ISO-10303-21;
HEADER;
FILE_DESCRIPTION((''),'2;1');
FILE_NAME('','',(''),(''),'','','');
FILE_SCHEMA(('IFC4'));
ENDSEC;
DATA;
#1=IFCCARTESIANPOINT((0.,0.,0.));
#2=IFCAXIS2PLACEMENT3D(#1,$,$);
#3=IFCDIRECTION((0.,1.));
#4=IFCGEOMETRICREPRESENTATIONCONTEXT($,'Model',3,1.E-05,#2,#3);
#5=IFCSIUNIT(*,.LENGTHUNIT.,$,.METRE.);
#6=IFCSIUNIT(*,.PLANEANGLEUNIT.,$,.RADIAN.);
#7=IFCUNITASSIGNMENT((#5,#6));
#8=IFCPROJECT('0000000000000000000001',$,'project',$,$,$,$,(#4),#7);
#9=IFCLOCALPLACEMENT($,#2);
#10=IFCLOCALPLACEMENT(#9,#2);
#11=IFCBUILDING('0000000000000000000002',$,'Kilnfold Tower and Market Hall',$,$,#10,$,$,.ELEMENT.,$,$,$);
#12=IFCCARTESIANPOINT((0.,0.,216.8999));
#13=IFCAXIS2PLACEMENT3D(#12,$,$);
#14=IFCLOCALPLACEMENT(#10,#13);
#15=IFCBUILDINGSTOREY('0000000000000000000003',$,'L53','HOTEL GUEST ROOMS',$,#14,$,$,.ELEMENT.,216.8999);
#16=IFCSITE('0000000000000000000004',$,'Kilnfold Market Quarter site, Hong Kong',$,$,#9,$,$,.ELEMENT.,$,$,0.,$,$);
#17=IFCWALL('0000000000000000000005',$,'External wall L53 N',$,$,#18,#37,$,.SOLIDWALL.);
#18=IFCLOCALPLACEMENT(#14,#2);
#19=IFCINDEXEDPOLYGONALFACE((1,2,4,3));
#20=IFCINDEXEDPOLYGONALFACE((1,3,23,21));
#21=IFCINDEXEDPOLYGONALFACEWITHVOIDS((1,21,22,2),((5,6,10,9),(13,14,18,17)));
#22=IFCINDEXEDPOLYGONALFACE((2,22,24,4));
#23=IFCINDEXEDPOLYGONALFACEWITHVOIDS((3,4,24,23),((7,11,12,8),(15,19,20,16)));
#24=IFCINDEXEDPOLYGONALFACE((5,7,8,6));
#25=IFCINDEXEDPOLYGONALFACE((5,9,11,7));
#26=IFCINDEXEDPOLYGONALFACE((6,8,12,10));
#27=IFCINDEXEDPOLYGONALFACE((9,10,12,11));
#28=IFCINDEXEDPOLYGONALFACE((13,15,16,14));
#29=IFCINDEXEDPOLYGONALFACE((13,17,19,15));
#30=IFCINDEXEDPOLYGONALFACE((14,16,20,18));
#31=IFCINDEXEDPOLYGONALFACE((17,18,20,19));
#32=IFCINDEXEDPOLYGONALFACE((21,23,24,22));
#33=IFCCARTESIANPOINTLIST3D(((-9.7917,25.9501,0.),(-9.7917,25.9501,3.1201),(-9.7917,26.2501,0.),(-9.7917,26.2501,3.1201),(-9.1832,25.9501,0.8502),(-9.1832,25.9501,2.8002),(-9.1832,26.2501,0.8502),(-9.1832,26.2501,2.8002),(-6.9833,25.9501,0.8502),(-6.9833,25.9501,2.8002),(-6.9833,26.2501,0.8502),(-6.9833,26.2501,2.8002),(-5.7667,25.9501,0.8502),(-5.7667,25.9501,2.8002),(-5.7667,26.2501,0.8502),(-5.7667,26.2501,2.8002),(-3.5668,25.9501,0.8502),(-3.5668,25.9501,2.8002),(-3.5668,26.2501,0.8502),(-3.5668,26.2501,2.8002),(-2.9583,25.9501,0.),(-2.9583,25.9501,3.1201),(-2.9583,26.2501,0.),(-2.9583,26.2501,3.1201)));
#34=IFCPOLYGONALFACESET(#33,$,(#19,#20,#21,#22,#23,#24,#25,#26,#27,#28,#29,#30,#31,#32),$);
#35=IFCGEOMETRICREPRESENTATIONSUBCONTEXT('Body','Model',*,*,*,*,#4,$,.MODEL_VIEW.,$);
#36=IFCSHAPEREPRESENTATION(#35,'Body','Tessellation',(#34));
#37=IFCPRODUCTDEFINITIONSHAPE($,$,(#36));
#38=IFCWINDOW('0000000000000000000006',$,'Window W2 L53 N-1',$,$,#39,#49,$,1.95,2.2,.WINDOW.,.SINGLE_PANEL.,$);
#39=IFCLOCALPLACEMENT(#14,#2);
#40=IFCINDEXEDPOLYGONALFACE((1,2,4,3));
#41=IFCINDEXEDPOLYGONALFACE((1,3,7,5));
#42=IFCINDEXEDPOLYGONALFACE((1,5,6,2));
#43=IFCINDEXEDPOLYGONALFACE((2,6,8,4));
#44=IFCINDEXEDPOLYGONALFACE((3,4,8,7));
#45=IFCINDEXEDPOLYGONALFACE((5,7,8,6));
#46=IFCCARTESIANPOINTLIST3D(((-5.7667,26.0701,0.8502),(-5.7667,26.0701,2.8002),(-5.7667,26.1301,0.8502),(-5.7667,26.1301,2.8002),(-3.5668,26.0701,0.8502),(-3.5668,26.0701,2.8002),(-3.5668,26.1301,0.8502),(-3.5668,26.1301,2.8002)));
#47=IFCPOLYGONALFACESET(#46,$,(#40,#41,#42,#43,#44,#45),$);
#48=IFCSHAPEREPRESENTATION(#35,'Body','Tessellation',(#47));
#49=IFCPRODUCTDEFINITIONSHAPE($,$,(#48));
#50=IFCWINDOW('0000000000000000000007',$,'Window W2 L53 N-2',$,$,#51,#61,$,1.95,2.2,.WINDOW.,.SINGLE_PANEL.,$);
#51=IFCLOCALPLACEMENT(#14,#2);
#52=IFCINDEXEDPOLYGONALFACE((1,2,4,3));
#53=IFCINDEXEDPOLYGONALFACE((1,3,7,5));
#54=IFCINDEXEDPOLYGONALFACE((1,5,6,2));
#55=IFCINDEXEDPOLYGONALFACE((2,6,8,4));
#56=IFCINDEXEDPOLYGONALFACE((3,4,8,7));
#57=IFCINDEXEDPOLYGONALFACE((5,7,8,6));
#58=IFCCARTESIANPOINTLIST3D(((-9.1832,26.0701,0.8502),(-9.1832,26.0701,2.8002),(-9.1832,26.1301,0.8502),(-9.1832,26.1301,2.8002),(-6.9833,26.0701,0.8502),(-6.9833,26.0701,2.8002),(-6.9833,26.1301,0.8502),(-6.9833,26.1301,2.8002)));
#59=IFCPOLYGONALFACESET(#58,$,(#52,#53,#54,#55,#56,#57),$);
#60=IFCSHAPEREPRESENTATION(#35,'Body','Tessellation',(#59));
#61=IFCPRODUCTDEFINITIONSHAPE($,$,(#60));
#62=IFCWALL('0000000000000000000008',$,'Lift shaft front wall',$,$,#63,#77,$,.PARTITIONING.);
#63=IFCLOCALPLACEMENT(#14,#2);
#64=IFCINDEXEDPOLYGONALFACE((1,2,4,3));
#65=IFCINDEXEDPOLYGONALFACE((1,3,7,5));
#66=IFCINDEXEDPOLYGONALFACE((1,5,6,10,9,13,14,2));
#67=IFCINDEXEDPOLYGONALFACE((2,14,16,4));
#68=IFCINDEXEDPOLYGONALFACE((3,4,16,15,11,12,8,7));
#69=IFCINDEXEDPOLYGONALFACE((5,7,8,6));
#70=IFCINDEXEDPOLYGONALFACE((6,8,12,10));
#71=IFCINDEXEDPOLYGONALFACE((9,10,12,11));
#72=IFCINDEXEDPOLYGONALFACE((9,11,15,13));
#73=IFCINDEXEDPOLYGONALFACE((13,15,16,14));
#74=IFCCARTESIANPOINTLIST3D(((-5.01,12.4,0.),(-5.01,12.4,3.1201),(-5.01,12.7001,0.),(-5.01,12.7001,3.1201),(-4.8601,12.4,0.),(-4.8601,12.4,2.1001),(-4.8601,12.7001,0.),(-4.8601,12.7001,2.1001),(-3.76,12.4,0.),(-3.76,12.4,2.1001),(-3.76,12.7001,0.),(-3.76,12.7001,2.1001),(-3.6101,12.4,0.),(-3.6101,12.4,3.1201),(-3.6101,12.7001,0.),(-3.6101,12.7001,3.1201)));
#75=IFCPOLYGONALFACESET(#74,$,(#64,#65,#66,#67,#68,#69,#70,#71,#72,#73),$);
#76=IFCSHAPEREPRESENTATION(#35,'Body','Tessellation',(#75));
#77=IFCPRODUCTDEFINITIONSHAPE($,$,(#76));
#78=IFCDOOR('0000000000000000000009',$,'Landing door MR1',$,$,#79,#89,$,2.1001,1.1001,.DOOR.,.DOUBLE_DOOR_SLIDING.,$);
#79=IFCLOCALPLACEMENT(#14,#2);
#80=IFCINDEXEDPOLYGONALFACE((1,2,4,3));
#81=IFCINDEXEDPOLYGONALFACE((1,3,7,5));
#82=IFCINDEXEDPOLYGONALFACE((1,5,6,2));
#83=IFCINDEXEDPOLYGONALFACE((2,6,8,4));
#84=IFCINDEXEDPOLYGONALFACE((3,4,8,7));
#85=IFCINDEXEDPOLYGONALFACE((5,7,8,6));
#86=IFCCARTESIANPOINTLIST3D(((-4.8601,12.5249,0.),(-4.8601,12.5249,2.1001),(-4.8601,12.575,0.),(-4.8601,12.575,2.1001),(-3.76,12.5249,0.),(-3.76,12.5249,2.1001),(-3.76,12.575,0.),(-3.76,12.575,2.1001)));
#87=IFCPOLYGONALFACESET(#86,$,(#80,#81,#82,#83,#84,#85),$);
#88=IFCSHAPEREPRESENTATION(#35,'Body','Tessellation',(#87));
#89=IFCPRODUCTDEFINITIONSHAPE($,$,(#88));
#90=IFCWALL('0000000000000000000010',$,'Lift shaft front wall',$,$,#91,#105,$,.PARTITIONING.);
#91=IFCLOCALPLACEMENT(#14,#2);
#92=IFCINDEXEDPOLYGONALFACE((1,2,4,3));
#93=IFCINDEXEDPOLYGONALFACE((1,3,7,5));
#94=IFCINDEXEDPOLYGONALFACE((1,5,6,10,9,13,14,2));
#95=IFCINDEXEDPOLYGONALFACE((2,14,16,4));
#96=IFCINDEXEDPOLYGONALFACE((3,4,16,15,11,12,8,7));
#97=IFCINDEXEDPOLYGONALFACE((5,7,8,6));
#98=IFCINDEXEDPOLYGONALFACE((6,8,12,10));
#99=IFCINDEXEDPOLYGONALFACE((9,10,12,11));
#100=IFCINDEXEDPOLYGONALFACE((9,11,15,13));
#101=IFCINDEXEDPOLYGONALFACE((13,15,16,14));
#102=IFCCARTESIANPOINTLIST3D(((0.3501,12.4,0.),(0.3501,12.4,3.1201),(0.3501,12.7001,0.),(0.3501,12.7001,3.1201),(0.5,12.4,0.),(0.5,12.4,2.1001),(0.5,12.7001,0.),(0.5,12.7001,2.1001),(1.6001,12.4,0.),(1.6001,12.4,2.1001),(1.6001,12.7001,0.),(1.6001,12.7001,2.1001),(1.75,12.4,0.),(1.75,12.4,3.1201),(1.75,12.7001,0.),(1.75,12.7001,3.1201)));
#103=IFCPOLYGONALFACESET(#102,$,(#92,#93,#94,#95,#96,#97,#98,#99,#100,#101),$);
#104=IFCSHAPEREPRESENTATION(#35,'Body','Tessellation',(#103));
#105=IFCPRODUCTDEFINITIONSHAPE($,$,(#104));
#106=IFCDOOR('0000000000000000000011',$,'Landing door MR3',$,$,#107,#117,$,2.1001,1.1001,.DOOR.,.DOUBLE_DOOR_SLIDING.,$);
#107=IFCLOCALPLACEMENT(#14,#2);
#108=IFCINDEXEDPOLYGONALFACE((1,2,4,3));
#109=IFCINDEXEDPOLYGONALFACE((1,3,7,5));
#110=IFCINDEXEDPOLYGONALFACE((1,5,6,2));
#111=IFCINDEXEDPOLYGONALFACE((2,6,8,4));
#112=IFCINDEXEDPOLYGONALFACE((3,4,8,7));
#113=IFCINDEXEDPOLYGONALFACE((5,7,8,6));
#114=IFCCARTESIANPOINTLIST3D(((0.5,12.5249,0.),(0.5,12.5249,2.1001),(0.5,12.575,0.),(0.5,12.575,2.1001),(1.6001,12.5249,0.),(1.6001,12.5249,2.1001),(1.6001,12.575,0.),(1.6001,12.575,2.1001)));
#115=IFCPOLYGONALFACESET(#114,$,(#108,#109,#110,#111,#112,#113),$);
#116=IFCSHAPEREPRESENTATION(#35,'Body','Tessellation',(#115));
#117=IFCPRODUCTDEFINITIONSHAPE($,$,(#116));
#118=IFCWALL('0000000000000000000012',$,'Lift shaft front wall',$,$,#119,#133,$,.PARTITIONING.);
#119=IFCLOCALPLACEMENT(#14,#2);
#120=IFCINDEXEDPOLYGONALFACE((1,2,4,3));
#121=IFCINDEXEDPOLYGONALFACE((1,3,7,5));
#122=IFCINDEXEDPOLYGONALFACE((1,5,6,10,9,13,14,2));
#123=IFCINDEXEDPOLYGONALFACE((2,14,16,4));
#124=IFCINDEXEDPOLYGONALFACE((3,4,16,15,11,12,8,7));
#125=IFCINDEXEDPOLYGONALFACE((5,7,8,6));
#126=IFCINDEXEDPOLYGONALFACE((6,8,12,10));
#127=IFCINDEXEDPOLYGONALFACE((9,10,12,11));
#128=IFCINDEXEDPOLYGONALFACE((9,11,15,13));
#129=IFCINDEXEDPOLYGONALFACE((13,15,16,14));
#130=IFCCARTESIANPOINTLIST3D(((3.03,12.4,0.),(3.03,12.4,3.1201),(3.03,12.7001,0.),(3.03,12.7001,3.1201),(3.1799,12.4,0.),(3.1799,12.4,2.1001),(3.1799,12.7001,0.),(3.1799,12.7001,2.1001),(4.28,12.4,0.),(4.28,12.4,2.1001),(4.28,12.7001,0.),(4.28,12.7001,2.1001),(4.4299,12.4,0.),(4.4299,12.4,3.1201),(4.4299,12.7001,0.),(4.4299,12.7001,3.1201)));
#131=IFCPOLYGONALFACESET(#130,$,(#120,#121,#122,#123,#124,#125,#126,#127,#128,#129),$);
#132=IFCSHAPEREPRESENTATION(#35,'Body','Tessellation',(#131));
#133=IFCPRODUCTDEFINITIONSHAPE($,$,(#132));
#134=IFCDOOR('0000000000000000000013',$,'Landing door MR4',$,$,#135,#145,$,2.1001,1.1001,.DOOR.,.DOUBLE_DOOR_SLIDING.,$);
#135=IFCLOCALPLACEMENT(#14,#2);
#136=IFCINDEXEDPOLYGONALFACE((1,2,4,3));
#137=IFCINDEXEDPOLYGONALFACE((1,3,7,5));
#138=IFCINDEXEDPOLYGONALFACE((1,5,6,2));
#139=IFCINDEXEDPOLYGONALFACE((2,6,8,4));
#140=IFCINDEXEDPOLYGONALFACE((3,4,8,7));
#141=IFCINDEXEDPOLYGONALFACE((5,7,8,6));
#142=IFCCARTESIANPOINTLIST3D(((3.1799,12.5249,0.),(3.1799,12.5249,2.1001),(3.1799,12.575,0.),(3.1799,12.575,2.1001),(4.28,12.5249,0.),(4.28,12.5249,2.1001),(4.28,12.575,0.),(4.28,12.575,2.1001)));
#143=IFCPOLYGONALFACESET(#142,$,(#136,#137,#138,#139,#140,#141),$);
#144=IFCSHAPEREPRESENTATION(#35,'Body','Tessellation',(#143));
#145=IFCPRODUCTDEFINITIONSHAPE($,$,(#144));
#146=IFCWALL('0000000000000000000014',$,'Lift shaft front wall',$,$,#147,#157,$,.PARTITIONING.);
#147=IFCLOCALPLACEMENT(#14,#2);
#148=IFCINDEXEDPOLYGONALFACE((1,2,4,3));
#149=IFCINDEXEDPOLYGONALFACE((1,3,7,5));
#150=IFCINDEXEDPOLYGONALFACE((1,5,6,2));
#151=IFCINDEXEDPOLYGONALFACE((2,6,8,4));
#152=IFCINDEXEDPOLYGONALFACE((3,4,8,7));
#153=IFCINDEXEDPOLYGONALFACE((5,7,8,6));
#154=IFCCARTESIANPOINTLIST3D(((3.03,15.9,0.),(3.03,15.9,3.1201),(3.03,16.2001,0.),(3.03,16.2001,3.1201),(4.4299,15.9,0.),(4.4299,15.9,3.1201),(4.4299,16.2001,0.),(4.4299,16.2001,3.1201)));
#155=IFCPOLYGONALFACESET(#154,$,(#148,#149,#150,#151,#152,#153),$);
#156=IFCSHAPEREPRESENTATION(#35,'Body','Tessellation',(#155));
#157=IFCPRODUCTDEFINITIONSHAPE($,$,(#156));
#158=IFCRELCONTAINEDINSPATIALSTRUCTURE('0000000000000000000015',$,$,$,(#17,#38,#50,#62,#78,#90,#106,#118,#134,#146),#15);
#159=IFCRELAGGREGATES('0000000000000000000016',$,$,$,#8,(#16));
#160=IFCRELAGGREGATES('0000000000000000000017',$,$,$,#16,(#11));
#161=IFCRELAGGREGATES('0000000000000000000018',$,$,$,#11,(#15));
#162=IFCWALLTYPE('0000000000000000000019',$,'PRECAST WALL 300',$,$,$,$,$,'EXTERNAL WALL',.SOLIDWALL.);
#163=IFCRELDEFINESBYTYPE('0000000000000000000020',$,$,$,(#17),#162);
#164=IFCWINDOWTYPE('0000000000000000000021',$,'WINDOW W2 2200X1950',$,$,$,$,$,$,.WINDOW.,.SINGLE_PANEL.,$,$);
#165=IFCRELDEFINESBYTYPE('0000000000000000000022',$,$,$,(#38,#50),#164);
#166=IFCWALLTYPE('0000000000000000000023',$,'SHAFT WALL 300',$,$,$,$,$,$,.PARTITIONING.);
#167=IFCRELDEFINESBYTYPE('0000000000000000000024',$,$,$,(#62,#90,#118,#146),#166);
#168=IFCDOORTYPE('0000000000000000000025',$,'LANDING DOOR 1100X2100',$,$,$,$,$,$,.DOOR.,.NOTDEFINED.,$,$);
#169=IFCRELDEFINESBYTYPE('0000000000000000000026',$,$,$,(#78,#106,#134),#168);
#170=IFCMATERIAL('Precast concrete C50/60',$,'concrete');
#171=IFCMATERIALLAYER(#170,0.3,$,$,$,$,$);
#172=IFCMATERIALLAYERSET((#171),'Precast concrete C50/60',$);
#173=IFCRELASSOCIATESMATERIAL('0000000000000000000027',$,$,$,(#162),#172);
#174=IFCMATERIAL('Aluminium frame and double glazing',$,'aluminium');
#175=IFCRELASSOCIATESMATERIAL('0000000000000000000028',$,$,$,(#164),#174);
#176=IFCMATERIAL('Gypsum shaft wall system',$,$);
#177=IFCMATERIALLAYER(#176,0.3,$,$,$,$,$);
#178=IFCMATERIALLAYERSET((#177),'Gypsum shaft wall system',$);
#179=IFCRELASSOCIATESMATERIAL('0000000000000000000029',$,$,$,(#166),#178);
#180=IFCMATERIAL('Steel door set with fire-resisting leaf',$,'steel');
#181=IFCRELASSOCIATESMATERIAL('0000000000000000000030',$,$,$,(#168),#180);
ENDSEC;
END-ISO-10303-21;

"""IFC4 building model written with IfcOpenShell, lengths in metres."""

from ifc_helpers import new_model, si_unit, direction, frame, frame_2d, origin, place, context, subcontext, project, spatial, rectangle, extrude, source, transform, mapped, material, layer, layer_set, type_object, element, fill, save


model = new_model("IFC4")

# Units and contexts
model_context = context("Model", 3, precision=1e-05, world=origin(), true_north=direction((0.0, 1.0)))
body_context = subcontext(model_context, "Body", "Model", "MODEL_VIEW")
ifc_project = project(units=[si_unit("LENGTHUNIT", "METRE"), si_unit("PLANEANGLEUNIT", "RADIAN")], contexts=[model_context])

# Site, building, storey
site_placement = place(None, origin())
site = spatial("IfcSite", under=ifc_project, at=site_placement, Name="Kilnfold Market Quarter site, Hong Kong", CompositionType="ELEMENT", RefElevation=0.0)
building_placement = place(site_placement, origin())
building = spatial("IfcBuilding", under=site, at=building_placement, Name="Kilnfold Tower and Market Hall", CompositionType="ELEMENT")
storey_placement = place(building_placement, frame((0.0, 0.0, 216.8999)))
storey = spatial("IfcBuildingStorey", under=building, at=storey_placement, Name="L53", Description="HOTEL GUEST ROOMS", CompositionType="ELEMENT", Elevation=216.8999)

# Wall, openings, windows
ifc_material_1 = material(Name="Precast concrete C50/60", Category="concrete")
ifc_layer_1 = layer(ifc_material_1, 0.3)
ifc_layer_set_1 = layer_set([ifc_layer_1], Name="Precast concrete C50/60")
wall_type_1 = type_object("IfcWallType", Name="PRECAST WALL 300", ElementType="EXTERNAL WALL", PredefinedType="SOLIDWALL", material=ifc_layer_set_1)
ifc_material_2 = material(Name="Aluminium frame and double glazing", Category="aluminium")
window_type = type_object("IfcWindowType", Name="WINDOW W2 2200X1950", PartitioningType="SINGLE_PANEL", PredefinedType="WINDOW", material=ifc_material_2)
shared_shape_1 = source(origin(), body_context, "Body", "SweptSolid", [
    extrude(rectangle(XDim=6.8335, YDim=0.3, at=frame_2d((3.4167, 0.0))), origin(), (0.0, 0.0, 1.0), 3.1201),
])
wall_1_placement = place(storey_placement, frame((-2.9583, 26.1001, 0.0), z_axis=(0.0, 0.0, 1.0), x_axis=(-1.0, 0.0, 0.0)))
wall_1 = element("IfcWall", 1, at=wall_1_placement, inside=storey, type_object=wall_type_1, Name="External wall L53 N", PredefinedType="SOLIDWALL", context=body_context, shape_type="MappedRepresentation", body=[
    mapped(shared_shape_1, transform((0.0, 0.0, 0.0))),
])
opening_1_placement = place(wall_1_placement, frame((0.6084, 0.0, 0.8501)))
opening_1 = element("IfcOpeningElement", 2, at=opening_1_placement, cuts=wall_1, PredefinedType="OPENING", context=body_context, shape_type="SweptSolid", body=[
    extrude(rectangle(XDim=2.2, YDim=1.95, at=frame_2d((1.1001, 0.9751))), frame((0.0, 0.1602, 0.0), z_axis=(0.0, -1.0, 0.0), x_axis=(1.0, 0.0, 0.0)), (0.0, 0.0, 1.0), 0.3201),
])
opening_2_placement = place(wall_1_placement, frame((4.0249, 0.0, 0.8501)))
opening_2 = element("IfcOpeningElement", 3, at=opening_2_placement, cuts=wall_1, PredefinedType="OPENING", context=body_context, shape_type="SweptSolid", body=[
    extrude(rectangle(XDim=2.2, YDim=1.95, at=frame_2d((1.1001, 0.9751))), frame((0.0, 0.1602, 0.0), z_axis=(0.0, -1.0, 0.0), x_axis=(1.0, 0.0, 0.0)), (0.0, 0.0, 1.0), 0.3201),
])
window_1_placement = place(opening_1_placement, origin())
window_1 = element("IfcWindow", 4, at=window_1_placement, inside=storey, type_object=window_type, Name="Window W2 L53 N-1", OverallHeight=1.95, OverallWidth=2.2, PartitioningType="SINGLE_PANEL", PredefinedType="WINDOW", context=body_context, shape_type="SweptSolid", body=[
    extrude(rectangle(XDim=2.2, YDim=1.95, at=frame_2d((1.1001, 0.9751))), frame((0.0, 0.03, 0.0), z_axis=(0.0, -1.0, 0.0), x_axis=(1.0, 0.0, 0.0)), (0.0, 0.0, 1.0), 0.0601),
])
fill(opening_1, window_1)
window_2_placement = place(opening_2_placement, origin())
window_2 = element("IfcWindow", 5, at=window_2_placement, inside=storey, type_object=window_type, Name="Window W2 L53 N-2", OverallHeight=1.95, OverallWidth=2.2, PartitioningType="SINGLE_PANEL", PredefinedType="WINDOW", context=body_context, shape_type="SweptSolid", body=[
    extrude(rectangle(XDim=2.2, YDim=1.95, at=frame_2d((1.1001, 0.9751))), frame((0.0, 0.03, 0.0), z_axis=(0.0, -1.0, 0.0), x_axis=(1.0, 0.0, 0.0)), (0.0, 0.0, 1.0), 0.0601),
])
fill(opening_2, window_2)

# Walls, openings, doors
ifc_material_3 = material(Name="Gypsum shaft wall system")
ifc_layer_2 = layer(ifc_material_3, 0.3)
ifc_layer_set_2 = layer_set([ifc_layer_2], Name="Gypsum shaft wall system")
wall_type_2 = type_object("IfcWallType", Name="SHAFT WALL 300", PredefinedType="PARTITIONING", material=ifc_layer_set_2)
shared_shape_2 = source(origin(), body_context, "Body", "SweptSolid", [
    extrude(rectangle(XDim=1.3999, YDim=0.3, at=frame_2d((0.7, 0.0))), origin(), (0.0, 0.0, 1.0), 3.1201),
])
wall_2_placement = place(storey_placement, frame((-5.01, 12.55, 0.0), z_axis=(0.0, 0.0, 1.0), x_axis=(1.0, 0.0, 0.0)))
wall_2 = element("IfcWall", 6, at=wall_2_placement, inside=storey, type_object=wall_type_2, Name="Lift shaft front wall", PredefinedType="PARTITIONING", context=body_context, shape_type="MappedRepresentation", body=[
    mapped(shared_shape_2, transform((0.0, 0.0, 0.0))),
])
opening_3_placement = place(wall_2_placement, frame((0.1499, 0.0, 0.0)))
opening_3 = element("IfcOpeningElement", 7, at=opening_3_placement, cuts=wall_2, PredefinedType="OPENING", context=body_context, shape_type="SweptSolid", body=[
    extrude(rectangle(XDim=1.1001, YDim=2.1001, at=frame_2d((0.55, 1.05))), frame((0.0, 0.1602, 0.0), z_axis=(0.0, -1.0, 0.0), x_axis=(1.0, 0.0, 0.0)), (0.0, 0.0, 1.0), 0.3201),
])
ifc_material_4 = material(Name="Steel door set with fire-resisting leaf", Category="steel")
door_type = type_object("IfcDoorType", Name="LANDING DOOR 1100X2100", OperationType="NOTDEFINED", PredefinedType="DOOR", material=ifc_material_4)
door_1_placement = place(opening_3_placement, origin())
door_1 = element("IfcDoor", 8, at=door_1_placement, inside=storey, type_object=door_type, Name="Landing door MR1", OperationType="DOUBLE_DOOR_SLIDING", OverallHeight=2.1001, OverallWidth=1.1001, PredefinedType="DOOR", context=body_context, shape_type="SweptSolid", body=[
    extrude(rectangle(XDim=1.1001, YDim=2.1001, at=frame_2d((0.55, 1.05))), frame((0.0, 0.0249, 0.0), z_axis=(0.0, -1.0, 0.0), x_axis=(1.0, 0.0, 0.0)), (0.0, 0.0, 1.0), 0.05),
])
fill(opening_3, door_1)
wall_3_placement = place(storey_placement, frame((0.3501, 12.55, 0.0), z_axis=(0.0, 0.0, 1.0), x_axis=(1.0, 0.0, 0.0)))
wall_3 = element("IfcWall", 9, at=wall_3_placement, inside=storey, type_object=wall_type_2, Name="Lift shaft front wall", PredefinedType="PARTITIONING", context=body_context, shape_type="MappedRepresentation", body=[
    mapped(shared_shape_2, transform((0.0, 0.0, 0.0))),
])
opening_4_placement = place(wall_3_placement, frame((0.1499, 0.0, 0.0)))
opening_4 = element("IfcOpeningElement", 10, at=opening_4_placement, cuts=wall_3, PredefinedType="OPENING", context=body_context, shape_type="SweptSolid", body=[
    extrude(rectangle(XDim=1.1001, YDim=2.1001, at=frame_2d((0.55, 1.05))), frame((0.0, 0.1602, 0.0), z_axis=(0.0, -1.0, 0.0), x_axis=(1.0, 0.0, 0.0)), (0.0, 0.0, 1.0), 0.3201),
])
door_2_placement = place(opening_4_placement, origin())
door_2 = element("IfcDoor", 11, at=door_2_placement, inside=storey, type_object=door_type, Name="Landing door MR3", OperationType="DOUBLE_DOOR_SLIDING", OverallHeight=2.1001, OverallWidth=1.1001, PredefinedType="DOOR", context=body_context, shape_type="SweptSolid", body=[
    extrude(rectangle(XDim=1.1001, YDim=2.1001, at=frame_2d((0.55, 1.05))), frame((0.0, 0.0249, 0.0), z_axis=(0.0, -1.0, 0.0), x_axis=(1.0, 0.0, 0.0)), (0.0, 0.0, 1.0), 0.05),
])
fill(opening_4, door_2)
wall_4_placement = place(storey_placement, frame((3.03, 12.55, 0.0), z_axis=(0.0, 0.0, 1.0), x_axis=(1.0, 0.0, 0.0)))
wall_4 = element("IfcWall", 12, at=wall_4_placement, inside=storey, type_object=wall_type_2, Name="Lift shaft front wall", PredefinedType="PARTITIONING", context=body_context, shape_type="MappedRepresentation", body=[
    mapped(shared_shape_2, transform((0.0, 0.0, 0.0))),
])
opening_5_placement = place(wall_4_placement, frame((0.1499, 0.0, 0.0)))
opening_5 = element("IfcOpeningElement", 13, at=opening_5_placement, cuts=wall_4, PredefinedType="OPENING", context=body_context, shape_type="SweptSolid", body=[
    extrude(rectangle(XDim=1.1001, YDim=2.1001, at=frame_2d((0.55, 1.05))), frame((0.0, 0.1602, 0.0), z_axis=(0.0, -1.0, 0.0), x_axis=(1.0, 0.0, 0.0)), (0.0, 0.0, 1.0), 0.3201),
])
door_3_placement = place(opening_5_placement, origin())
door_3 = element("IfcDoor", 14, at=door_3_placement, inside=storey, type_object=door_type, Name="Landing door MR4", OperationType="DOUBLE_DOOR_SLIDING", OverallHeight=2.1001, OverallWidth=1.1001, PredefinedType="DOOR", context=body_context, shape_type="SweptSolid", body=[
    extrude(rectangle(XDim=1.1001, YDim=2.1001, at=frame_2d((0.55, 1.05))), frame((0.0, 0.0249, 0.0), z_axis=(0.0, -1.0, 0.0), x_axis=(1.0, 0.0, 0.0)), (0.0, 0.0, 1.0), 0.05),
])
fill(opening_5, door_3)

# Wall
wall_5_placement = place(storey_placement, frame((3.03, 16.05, 0.0), z_axis=(0.0, 0.0, 1.0), x_axis=(1.0, 0.0, 0.0)))
element("IfcWall", 15, at=wall_5_placement, inside=storey, type_object=wall_type_2, Name="Lift shaft front wall", PredefinedType="PARTITIONING", context=body_context, shape_type="MappedRepresentation", body=[
    mapped(shared_shape_2, transform((0.0, 0.0, 0.0))),
])

save(model, "model.ifc")
